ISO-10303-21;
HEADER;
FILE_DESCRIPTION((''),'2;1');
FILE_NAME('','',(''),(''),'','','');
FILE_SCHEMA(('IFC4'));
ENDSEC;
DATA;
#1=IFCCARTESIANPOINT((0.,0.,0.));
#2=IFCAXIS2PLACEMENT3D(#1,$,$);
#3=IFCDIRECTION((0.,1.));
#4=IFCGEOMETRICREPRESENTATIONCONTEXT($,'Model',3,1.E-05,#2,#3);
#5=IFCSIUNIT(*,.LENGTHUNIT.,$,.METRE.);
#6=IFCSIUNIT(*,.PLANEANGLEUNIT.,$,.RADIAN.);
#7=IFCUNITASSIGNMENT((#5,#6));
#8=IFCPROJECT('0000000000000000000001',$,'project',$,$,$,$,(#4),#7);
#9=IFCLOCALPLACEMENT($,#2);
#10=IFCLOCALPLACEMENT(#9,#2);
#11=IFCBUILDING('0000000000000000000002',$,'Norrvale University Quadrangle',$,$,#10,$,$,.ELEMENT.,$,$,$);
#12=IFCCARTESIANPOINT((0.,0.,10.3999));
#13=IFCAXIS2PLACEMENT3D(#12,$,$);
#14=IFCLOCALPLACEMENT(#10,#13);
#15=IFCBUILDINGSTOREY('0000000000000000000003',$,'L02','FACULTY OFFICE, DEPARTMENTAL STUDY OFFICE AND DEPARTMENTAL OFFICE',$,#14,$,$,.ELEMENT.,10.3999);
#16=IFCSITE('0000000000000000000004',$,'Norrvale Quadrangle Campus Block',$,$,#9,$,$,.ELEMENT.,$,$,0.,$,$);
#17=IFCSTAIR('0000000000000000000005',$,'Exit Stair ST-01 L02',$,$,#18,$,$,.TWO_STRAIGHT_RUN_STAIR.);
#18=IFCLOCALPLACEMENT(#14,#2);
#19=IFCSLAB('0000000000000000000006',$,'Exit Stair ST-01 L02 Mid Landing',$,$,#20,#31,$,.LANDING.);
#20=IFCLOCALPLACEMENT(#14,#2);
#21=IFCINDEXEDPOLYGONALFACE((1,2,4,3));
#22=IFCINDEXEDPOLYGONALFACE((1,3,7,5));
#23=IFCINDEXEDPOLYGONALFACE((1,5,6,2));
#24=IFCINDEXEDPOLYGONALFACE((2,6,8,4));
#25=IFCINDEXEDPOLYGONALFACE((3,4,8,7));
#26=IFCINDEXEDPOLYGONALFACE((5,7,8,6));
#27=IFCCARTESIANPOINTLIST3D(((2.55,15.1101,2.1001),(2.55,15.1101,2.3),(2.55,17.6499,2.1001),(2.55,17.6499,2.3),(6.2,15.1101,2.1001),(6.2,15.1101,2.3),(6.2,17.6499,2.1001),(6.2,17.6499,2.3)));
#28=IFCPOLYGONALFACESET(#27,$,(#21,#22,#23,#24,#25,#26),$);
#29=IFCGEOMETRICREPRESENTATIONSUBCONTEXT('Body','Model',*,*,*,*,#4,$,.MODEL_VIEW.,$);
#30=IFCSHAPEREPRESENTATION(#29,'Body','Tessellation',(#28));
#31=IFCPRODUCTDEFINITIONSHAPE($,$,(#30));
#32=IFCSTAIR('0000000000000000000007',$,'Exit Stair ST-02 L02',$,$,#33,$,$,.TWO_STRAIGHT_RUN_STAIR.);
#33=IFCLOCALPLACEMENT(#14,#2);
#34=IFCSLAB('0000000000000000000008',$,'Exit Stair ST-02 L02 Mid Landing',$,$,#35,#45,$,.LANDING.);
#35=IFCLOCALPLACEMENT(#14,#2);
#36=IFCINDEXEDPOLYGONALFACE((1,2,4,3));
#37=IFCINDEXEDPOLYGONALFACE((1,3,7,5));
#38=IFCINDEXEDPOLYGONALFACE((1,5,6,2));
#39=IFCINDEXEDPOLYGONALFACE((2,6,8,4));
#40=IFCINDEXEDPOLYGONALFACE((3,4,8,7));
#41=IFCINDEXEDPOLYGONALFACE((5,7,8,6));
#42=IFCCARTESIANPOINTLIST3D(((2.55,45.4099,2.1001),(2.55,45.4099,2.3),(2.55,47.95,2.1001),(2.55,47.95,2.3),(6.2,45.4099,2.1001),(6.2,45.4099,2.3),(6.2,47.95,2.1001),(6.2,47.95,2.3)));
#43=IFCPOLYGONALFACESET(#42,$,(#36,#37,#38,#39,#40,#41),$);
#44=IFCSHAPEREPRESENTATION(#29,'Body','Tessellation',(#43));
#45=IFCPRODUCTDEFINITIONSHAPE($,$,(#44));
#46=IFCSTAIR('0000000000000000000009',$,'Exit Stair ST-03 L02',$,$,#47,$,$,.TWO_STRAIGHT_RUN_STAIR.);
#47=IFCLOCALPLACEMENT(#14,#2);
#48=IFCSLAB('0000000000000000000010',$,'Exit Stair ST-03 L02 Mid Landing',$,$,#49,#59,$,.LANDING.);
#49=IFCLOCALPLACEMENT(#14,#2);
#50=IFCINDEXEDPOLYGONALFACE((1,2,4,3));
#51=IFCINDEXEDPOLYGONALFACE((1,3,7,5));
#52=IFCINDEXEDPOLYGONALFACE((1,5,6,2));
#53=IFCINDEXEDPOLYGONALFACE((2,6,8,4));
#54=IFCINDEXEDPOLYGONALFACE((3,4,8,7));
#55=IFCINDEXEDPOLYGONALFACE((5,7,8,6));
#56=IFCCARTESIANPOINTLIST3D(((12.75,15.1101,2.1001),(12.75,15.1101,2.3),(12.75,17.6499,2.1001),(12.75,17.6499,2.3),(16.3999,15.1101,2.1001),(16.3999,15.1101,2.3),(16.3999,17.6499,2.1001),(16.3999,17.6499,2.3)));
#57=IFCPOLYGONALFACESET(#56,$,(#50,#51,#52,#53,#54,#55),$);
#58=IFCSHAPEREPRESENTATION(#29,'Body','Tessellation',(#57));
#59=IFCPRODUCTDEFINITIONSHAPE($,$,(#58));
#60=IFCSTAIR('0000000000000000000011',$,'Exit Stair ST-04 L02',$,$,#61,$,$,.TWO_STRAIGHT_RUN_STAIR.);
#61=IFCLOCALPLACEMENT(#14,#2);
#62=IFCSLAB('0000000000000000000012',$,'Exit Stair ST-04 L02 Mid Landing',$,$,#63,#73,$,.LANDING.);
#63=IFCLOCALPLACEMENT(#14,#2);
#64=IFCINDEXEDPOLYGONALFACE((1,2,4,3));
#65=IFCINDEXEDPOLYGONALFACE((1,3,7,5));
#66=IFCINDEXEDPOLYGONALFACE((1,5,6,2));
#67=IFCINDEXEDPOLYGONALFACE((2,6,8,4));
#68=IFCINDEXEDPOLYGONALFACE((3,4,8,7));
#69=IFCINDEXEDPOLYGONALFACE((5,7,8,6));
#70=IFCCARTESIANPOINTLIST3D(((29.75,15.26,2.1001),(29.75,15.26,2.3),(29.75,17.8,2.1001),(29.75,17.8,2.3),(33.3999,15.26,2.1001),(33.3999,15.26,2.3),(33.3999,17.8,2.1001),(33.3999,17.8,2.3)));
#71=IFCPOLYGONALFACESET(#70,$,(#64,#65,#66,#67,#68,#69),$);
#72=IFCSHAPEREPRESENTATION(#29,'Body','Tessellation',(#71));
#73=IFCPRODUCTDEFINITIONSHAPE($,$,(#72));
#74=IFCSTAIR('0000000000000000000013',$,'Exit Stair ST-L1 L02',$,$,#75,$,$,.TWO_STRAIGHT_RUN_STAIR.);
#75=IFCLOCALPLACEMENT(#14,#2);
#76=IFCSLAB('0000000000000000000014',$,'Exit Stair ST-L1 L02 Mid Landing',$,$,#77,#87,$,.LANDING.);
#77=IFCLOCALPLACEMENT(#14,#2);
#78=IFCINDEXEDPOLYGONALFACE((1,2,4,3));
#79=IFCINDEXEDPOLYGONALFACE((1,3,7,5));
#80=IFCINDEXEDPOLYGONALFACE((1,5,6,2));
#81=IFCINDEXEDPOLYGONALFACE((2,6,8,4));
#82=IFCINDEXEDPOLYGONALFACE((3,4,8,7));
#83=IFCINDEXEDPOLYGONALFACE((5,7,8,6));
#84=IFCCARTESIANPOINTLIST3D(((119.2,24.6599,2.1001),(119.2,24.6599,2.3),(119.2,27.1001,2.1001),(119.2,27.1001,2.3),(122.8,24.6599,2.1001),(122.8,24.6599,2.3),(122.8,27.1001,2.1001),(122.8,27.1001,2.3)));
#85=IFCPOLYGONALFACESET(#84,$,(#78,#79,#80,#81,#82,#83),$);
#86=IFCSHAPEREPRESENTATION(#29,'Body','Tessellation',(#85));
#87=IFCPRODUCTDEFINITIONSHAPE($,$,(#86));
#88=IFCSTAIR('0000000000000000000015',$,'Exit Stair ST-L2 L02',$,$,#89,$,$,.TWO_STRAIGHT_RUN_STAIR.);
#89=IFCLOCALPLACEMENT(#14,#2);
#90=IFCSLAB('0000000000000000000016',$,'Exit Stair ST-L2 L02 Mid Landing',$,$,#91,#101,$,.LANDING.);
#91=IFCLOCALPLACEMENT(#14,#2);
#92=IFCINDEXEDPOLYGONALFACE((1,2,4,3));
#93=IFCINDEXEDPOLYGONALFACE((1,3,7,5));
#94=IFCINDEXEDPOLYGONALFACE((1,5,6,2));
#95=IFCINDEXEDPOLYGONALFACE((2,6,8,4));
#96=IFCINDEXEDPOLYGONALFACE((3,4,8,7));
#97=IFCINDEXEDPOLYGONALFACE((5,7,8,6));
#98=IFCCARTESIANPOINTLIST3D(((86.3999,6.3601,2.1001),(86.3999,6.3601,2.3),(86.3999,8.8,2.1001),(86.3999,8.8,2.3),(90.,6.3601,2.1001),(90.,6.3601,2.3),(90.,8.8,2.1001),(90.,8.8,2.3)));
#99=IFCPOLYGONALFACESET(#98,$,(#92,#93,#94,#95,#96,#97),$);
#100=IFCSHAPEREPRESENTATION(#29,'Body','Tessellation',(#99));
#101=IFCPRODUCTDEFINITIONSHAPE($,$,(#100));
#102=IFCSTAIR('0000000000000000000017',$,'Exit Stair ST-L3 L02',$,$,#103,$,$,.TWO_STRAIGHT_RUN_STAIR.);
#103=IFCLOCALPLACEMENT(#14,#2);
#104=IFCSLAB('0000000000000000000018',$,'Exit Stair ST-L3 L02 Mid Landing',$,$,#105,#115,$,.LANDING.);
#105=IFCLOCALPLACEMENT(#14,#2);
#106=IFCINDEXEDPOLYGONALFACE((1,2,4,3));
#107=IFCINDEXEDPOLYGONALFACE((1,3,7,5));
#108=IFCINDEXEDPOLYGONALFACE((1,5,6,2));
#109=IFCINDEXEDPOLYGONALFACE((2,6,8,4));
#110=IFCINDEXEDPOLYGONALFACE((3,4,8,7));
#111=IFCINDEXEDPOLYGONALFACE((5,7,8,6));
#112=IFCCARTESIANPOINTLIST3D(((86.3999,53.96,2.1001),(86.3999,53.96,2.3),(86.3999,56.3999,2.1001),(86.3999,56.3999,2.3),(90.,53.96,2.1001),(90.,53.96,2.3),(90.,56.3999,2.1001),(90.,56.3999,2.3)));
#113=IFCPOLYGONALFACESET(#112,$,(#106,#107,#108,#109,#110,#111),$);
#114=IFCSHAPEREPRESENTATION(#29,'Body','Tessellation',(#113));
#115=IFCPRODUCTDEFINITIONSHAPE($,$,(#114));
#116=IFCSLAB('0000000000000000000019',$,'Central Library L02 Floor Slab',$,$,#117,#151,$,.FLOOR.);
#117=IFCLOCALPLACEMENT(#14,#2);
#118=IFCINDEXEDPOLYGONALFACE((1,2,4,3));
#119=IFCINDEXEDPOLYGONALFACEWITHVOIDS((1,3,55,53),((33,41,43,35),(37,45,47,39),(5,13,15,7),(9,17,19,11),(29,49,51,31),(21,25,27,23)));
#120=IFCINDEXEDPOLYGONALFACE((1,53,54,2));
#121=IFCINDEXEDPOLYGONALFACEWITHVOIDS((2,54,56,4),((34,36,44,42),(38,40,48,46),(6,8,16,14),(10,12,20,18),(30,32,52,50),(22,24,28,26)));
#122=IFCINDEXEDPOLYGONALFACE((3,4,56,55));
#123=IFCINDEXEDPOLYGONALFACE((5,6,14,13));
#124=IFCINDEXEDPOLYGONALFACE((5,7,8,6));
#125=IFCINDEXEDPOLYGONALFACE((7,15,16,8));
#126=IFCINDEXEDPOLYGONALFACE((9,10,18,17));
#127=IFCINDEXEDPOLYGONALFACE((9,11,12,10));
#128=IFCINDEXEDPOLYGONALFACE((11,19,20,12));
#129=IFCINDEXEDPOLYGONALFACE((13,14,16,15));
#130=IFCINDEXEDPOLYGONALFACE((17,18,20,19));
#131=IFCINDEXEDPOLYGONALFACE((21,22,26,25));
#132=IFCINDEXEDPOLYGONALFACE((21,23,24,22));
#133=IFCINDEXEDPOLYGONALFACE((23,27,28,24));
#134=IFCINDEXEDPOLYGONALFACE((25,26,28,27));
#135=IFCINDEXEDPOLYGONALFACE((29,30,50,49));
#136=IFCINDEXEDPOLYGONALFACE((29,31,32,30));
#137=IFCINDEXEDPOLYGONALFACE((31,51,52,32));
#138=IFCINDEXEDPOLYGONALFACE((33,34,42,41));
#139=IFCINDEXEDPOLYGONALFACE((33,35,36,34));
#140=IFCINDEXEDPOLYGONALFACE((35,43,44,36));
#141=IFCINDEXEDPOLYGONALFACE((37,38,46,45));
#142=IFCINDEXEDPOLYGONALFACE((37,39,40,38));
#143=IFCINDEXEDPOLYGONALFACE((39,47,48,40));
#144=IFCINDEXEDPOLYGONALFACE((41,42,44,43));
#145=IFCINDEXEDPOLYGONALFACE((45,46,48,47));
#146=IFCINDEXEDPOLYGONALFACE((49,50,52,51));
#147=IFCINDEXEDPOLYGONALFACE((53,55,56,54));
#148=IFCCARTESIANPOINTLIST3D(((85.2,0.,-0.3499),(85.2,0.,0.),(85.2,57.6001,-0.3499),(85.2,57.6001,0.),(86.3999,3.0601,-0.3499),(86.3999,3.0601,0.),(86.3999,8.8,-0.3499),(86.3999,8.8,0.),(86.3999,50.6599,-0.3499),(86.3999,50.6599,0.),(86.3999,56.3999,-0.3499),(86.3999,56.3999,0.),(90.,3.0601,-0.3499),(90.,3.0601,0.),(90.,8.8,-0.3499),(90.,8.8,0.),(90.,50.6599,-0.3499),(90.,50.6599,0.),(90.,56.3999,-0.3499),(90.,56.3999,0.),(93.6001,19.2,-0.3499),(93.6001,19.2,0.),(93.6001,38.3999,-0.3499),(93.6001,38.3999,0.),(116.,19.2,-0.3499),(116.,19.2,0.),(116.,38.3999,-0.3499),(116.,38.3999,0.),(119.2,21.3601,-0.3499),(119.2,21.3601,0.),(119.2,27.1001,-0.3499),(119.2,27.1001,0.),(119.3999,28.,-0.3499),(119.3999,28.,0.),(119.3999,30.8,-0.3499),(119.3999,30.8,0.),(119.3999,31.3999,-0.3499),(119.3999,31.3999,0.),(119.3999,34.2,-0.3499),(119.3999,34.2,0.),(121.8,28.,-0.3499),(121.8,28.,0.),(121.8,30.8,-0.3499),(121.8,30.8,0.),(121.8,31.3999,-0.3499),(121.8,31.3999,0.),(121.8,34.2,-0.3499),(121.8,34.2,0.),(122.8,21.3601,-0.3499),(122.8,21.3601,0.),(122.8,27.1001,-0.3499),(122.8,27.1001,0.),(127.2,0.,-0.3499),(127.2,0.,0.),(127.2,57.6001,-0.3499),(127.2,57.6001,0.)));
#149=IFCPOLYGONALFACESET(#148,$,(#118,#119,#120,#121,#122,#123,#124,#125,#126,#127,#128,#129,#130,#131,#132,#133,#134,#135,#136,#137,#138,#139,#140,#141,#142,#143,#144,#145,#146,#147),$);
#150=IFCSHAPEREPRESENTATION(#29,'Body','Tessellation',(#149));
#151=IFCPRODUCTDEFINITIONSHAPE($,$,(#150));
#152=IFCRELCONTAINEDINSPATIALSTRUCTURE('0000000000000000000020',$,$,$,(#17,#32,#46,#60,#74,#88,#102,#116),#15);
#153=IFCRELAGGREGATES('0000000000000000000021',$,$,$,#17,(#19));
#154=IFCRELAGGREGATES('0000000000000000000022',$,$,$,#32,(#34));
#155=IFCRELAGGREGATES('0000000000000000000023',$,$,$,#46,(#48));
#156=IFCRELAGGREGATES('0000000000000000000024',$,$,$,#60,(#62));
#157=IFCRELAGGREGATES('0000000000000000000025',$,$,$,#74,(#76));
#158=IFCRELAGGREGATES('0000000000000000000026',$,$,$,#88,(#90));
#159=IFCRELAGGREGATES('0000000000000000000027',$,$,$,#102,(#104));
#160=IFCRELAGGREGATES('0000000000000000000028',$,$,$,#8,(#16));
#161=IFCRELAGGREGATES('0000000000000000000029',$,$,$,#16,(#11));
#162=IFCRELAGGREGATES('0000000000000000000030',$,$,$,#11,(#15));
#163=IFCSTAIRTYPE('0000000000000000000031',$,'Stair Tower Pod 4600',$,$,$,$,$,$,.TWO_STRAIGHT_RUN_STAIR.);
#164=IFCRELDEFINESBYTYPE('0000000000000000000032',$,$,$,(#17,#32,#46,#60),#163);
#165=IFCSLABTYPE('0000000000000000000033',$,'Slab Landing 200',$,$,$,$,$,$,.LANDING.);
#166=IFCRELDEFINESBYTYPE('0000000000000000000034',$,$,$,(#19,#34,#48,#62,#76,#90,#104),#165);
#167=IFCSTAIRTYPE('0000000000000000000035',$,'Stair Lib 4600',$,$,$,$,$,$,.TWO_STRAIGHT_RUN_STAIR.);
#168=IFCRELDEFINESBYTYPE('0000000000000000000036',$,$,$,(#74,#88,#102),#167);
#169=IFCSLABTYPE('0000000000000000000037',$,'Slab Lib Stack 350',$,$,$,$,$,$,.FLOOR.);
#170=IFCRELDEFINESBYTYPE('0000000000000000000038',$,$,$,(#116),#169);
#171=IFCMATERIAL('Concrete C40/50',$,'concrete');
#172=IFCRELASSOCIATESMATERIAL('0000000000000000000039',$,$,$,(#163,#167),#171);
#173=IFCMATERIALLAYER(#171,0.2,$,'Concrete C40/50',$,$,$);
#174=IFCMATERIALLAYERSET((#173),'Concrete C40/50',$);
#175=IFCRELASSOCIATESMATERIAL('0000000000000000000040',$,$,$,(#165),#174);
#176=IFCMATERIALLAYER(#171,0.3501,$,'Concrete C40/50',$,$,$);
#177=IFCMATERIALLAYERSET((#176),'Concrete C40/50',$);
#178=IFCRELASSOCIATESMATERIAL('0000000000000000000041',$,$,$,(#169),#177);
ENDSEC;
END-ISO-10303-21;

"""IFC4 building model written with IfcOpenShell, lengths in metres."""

from ifc_helpers import new_model, si_unit, direction, frame, origin, place, context, subcontext, project, spatial, polyline, outline, extrude, material, layer, layer_set, type_object, element, aggregate, save


model = new_model("IFC4")

# Units and contexts
model_context = context("Model", 3, precision=1e-05, world=origin(), true_north=direction((0.0, 1.0)))
body_context = subcontext(model_context, "Body", "Model", "MODEL_VIEW")
ifc_project = project(units=[si_unit("LENGTHUNIT", "METRE"), si_unit("PLANEANGLEUNIT", "RADIAN")], contexts=[model_context])

# Site, building, storey
site_placement = place(None, origin())
site = spatial("IfcSite", under=ifc_project, at=site_placement, Name="Norrvale Quadrangle Campus Block", CompositionType="ELEMENT", RefElevation=0.0)
building_placement = place(site_placement, origin())
building = spatial("IfcBuilding", under=site, at=building_placement, Name="Norrvale University Quadrangle", CompositionType="ELEMENT")
storey_placement = place(building_placement, frame((0.0, 0.0, 10.3999)))
storey = spatial("IfcBuildingStorey", under=building, at=storey_placement, Name="L02", Description="FACULTY OFFICE, DEPARTMENTAL STUDY OFFICE AND DEPARTMENTAL OFFICE", CompositionType="ELEMENT", Elevation=10.3999)

# Stairs, slabs
ifc_material_1 = material(Name="Concrete C40/50", Category="concrete")
stair_type_1 = type_object("IfcStairType", Name="Stair Tower Pod 4600", PredefinedType="TWO_STRAIGHT_RUN_STAIR", material=ifc_material_1)
stair_1_placement = place(storey_placement, origin())
stair_1 = element("IfcStair", 1, at=stair_1_placement, inside=storey, type_object=stair_type_1, Name="Exit Stair ST-01 L02", PredefinedType="TWO_STRAIGHT_RUN_STAIR")
ifc_layer_1 = layer(ifc_material_1, 0.2, Name="Concrete C40/50")
ifc_layer_set_1 = layer_set([ifc_layer_1], Name="Concrete C40/50")
slab_type_1 = type_object("IfcSlabType", Name="Slab Landing 200", PredefinedType="LANDING", material=ifc_layer_set_1)
slab_1_placement = place(storey_placement, frame((0.0, 0.0, 2.1001)))
slab_1 = element("IfcSlab", 2, at=slab_1_placement, type_object=slab_type_1, Name="Exit Stair ST-01 L02 Mid Landing", PredefinedType="LANDING", context=body_context, shape_type="SweptSolid", body=[
    extrude(outline(polyline([(2.55, 15.1101), (6.2, 15.1101), (6.2, 17.6499), (2.55, 17.6499), (2.55, 15.1101)])), origin(), (0.0, 0.0, 1.0), 0.2),
])
aggregate(stair_1, [slab_1])
stair_2_placement = place(storey_placement, origin())
stair_2 = element("IfcStair", 3, at=stair_2_placement, inside=storey, type_object=stair_type_1, Name="Exit Stair ST-02 L02", PredefinedType="TWO_STRAIGHT_RUN_STAIR")
slab_2_placement = place(storey_placement, frame((0.0, 0.0, 2.1001)))
slab_2 = element("IfcSlab", 4, at=slab_2_placement, type_object=slab_type_1, Name="Exit Stair ST-02 L02 Mid Landing", PredefinedType="LANDING", context=body_context, shape_type="SweptSolid", body=[
    extrude(outline(polyline([(2.55, 45.4099), (6.2, 45.4099), (6.2, 47.95), (2.55, 47.95), (2.55, 45.4099)])), origin(), (0.0, 0.0, 1.0), 0.2),
])
aggregate(stair_2, [slab_2])
stair_3_placement = place(storey_placement, origin())
stair_3 = element("IfcStair", 5, at=stair_3_placement, inside=storey, type_object=stair_type_1, Name="Exit Stair ST-03 L02", PredefinedType="TWO_STRAIGHT_RUN_STAIR")
slab_3_placement = place(storey_placement, frame((0.0, 0.0, 2.1001)))
slab_3 = element("IfcSlab", 6, at=slab_3_placement, type_object=slab_type_1, Name="Exit Stair ST-03 L02 Mid Landing", PredefinedType="LANDING", context=body_context, shape_type="SweptSolid", body=[
    extrude(outline(polyline([(12.75, 15.1101), (16.3999, 15.1101), (16.3999, 17.6499), (12.75, 17.6499), (12.75, 15.1101)])), origin(), (0.0, 0.0, 1.0), 0.2),
])
aggregate(stair_3, [slab_3])
stair_4_placement = place(storey_placement, origin())
stair_4 = element("IfcStair", 7, at=stair_4_placement, inside=storey, type_object=stair_type_1, Name="Exit Stair ST-04 L02", PredefinedType="TWO_STRAIGHT_RUN_STAIR")
slab_4_placement = place(storey_placement, frame((0.0, 0.0, 2.1001)))
slab_4 = element("IfcSlab", 8, at=slab_4_placement, type_object=slab_type_1, Name="Exit Stair ST-04 L02 Mid Landing", PredefinedType="LANDING", context=body_context, shape_type="SweptSolid", body=[
    extrude(outline(polyline([(29.75, 15.26), (33.3999, 15.26), (33.3999, 17.8), (29.75, 17.8), (29.75, 15.26)])), origin(), (0.0, 0.0, 1.0), 0.2),
])
aggregate(stair_4, [slab_4])
stair_type_2 = type_object("IfcStairType", Name="Stair Lib 4600", PredefinedType="TWO_STRAIGHT_RUN_STAIR", material=ifc_material_1)
stair_5_placement = place(storey_placement, origin())
stair_5 = element("IfcStair", 9, at=stair_5_placement, inside=storey, type_object=stair_type_2, Name="Exit Stair ST-L1 L02", PredefinedType="TWO_STRAIGHT_RUN_STAIR")
slab_5_placement = place(storey_placement, frame((0.0, 0.0, 2.1001)))
slab_5 = element("IfcSlab", 10, at=slab_5_placement, type_object=slab_type_1, Name="Exit Stair ST-L1 L02 Mid Landing", PredefinedType="LANDING", context=body_context, shape_type="SweptSolid", body=[
    extrude(outline(polyline([(119.2, 24.6599), (122.8, 24.6599), (122.8, 27.1001), (119.2, 27.1001), (119.2, 24.6599)])), origin(), (0.0, 0.0, 1.0), 0.2),
])
aggregate(stair_5, [slab_5])
stair_6_placement = place(storey_placement, origin())
stair_6 = element("IfcStair", 11, at=stair_6_placement, inside=storey, type_object=stair_type_2, Name="Exit Stair ST-L2 L02", PredefinedType="TWO_STRAIGHT_RUN_STAIR")
slab_6_placement = place(storey_placement, frame((0.0, 0.0, 2.1001)))
slab_6 = element("IfcSlab", 12, at=slab_6_placement, type_object=slab_type_1, Name="Exit Stair ST-L2 L02 Mid Landing", PredefinedType="LANDING", context=body_context, shape_type="SweptSolid", body=[
    extrude(outline(polyline([(86.3999, 6.3601), (90.0, 6.3601), (90.0, 8.8), (86.3999, 8.8), (86.3999, 6.3601)])), origin(), (0.0, 0.0, 1.0), 0.2),
])
aggregate(stair_6, [slab_6])
stair_7_placement = place(storey_placement, origin())
stair_7 = element("IfcStair", 13, at=stair_7_placement, inside=storey, type_object=stair_type_2, Name="Exit Stair ST-L3 L02", PredefinedType="TWO_STRAIGHT_RUN_STAIR")
slab_7_placement = place(storey_placement, frame((0.0, 0.0, 2.1001)))
slab_7 = element("IfcSlab", 14, at=slab_7_placement, type_object=slab_type_1, Name="Exit Stair ST-L3 L02 Mid Landing", PredefinedType="LANDING", context=body_context, shape_type="SweptSolid", body=[
    extrude(outline(polyline([(86.3999, 53.96), (90.0, 53.96), (90.0, 56.3999), (86.3999, 56.3999), (86.3999, 53.96)])), origin(), (0.0, 0.0, 1.0), 0.2),
])
aggregate(stair_7, [slab_7])

# Slab
ifc_layer_2 = layer(ifc_material_1, 0.3501, Name="Concrete C40/50")
ifc_layer_set_2 = layer_set([ifc_layer_2], Name="Concrete C40/50")
slab_type_2 = type_object("IfcSlabType", Name="Slab Lib Stack 350", PredefinedType="FLOOR", material=ifc_layer_set_2)
slab_8_placement = place(storey_placement, frame((0.0, 0.0, -0.3499)))
element("IfcSlab", 15, at=slab_8_placement, inside=storey, type_object=slab_type_2, Name="Central Library L02 Floor Slab", PredefinedType="FLOOR", context=body_context, shape_type="SweptSolid", body=[
    extrude(outline(polyline([(85.2, 0.0), (127.2, 0.0), (127.2, 57.6001), (85.2, 57.6001), (85.2, 0.0)]), holes=[polyline([(119.2, 21.3601), (122.8, 21.3601), (122.8, 27.1001), (119.2, 27.1001), (119.2, 21.3601)]), polyline([(86.3999, 3.0601), (90.0, 3.0601), (90.0, 8.8), (86.3999, 8.8), (86.3999, 3.0601)]), polyline([(86.3999, 50.6599), (90.0, 50.6599), (90.0, 56.3999), (86.3999, 56.3999), (86.3999, 50.6599)]), polyline([(119.3999, 28.0), (121.8, 28.0), (121.8, 30.8), (119.3999, 30.8), (119.3999, 28.0)]), polyline([(119.3999, 31.3999), (121.8, 31.3999), (121.8, 34.2), (119.3999, 34.2), (119.3999, 31.3999)]), polyline([(93.6001, 19.2), (116.0, 19.2), (116.0, 38.3999), (93.6001, 38.3999), (93.6001, 19.2)])]), origin(), (0.0, 0.0, 1.0), 0.3499),
])

save(model, "model.ifc")
